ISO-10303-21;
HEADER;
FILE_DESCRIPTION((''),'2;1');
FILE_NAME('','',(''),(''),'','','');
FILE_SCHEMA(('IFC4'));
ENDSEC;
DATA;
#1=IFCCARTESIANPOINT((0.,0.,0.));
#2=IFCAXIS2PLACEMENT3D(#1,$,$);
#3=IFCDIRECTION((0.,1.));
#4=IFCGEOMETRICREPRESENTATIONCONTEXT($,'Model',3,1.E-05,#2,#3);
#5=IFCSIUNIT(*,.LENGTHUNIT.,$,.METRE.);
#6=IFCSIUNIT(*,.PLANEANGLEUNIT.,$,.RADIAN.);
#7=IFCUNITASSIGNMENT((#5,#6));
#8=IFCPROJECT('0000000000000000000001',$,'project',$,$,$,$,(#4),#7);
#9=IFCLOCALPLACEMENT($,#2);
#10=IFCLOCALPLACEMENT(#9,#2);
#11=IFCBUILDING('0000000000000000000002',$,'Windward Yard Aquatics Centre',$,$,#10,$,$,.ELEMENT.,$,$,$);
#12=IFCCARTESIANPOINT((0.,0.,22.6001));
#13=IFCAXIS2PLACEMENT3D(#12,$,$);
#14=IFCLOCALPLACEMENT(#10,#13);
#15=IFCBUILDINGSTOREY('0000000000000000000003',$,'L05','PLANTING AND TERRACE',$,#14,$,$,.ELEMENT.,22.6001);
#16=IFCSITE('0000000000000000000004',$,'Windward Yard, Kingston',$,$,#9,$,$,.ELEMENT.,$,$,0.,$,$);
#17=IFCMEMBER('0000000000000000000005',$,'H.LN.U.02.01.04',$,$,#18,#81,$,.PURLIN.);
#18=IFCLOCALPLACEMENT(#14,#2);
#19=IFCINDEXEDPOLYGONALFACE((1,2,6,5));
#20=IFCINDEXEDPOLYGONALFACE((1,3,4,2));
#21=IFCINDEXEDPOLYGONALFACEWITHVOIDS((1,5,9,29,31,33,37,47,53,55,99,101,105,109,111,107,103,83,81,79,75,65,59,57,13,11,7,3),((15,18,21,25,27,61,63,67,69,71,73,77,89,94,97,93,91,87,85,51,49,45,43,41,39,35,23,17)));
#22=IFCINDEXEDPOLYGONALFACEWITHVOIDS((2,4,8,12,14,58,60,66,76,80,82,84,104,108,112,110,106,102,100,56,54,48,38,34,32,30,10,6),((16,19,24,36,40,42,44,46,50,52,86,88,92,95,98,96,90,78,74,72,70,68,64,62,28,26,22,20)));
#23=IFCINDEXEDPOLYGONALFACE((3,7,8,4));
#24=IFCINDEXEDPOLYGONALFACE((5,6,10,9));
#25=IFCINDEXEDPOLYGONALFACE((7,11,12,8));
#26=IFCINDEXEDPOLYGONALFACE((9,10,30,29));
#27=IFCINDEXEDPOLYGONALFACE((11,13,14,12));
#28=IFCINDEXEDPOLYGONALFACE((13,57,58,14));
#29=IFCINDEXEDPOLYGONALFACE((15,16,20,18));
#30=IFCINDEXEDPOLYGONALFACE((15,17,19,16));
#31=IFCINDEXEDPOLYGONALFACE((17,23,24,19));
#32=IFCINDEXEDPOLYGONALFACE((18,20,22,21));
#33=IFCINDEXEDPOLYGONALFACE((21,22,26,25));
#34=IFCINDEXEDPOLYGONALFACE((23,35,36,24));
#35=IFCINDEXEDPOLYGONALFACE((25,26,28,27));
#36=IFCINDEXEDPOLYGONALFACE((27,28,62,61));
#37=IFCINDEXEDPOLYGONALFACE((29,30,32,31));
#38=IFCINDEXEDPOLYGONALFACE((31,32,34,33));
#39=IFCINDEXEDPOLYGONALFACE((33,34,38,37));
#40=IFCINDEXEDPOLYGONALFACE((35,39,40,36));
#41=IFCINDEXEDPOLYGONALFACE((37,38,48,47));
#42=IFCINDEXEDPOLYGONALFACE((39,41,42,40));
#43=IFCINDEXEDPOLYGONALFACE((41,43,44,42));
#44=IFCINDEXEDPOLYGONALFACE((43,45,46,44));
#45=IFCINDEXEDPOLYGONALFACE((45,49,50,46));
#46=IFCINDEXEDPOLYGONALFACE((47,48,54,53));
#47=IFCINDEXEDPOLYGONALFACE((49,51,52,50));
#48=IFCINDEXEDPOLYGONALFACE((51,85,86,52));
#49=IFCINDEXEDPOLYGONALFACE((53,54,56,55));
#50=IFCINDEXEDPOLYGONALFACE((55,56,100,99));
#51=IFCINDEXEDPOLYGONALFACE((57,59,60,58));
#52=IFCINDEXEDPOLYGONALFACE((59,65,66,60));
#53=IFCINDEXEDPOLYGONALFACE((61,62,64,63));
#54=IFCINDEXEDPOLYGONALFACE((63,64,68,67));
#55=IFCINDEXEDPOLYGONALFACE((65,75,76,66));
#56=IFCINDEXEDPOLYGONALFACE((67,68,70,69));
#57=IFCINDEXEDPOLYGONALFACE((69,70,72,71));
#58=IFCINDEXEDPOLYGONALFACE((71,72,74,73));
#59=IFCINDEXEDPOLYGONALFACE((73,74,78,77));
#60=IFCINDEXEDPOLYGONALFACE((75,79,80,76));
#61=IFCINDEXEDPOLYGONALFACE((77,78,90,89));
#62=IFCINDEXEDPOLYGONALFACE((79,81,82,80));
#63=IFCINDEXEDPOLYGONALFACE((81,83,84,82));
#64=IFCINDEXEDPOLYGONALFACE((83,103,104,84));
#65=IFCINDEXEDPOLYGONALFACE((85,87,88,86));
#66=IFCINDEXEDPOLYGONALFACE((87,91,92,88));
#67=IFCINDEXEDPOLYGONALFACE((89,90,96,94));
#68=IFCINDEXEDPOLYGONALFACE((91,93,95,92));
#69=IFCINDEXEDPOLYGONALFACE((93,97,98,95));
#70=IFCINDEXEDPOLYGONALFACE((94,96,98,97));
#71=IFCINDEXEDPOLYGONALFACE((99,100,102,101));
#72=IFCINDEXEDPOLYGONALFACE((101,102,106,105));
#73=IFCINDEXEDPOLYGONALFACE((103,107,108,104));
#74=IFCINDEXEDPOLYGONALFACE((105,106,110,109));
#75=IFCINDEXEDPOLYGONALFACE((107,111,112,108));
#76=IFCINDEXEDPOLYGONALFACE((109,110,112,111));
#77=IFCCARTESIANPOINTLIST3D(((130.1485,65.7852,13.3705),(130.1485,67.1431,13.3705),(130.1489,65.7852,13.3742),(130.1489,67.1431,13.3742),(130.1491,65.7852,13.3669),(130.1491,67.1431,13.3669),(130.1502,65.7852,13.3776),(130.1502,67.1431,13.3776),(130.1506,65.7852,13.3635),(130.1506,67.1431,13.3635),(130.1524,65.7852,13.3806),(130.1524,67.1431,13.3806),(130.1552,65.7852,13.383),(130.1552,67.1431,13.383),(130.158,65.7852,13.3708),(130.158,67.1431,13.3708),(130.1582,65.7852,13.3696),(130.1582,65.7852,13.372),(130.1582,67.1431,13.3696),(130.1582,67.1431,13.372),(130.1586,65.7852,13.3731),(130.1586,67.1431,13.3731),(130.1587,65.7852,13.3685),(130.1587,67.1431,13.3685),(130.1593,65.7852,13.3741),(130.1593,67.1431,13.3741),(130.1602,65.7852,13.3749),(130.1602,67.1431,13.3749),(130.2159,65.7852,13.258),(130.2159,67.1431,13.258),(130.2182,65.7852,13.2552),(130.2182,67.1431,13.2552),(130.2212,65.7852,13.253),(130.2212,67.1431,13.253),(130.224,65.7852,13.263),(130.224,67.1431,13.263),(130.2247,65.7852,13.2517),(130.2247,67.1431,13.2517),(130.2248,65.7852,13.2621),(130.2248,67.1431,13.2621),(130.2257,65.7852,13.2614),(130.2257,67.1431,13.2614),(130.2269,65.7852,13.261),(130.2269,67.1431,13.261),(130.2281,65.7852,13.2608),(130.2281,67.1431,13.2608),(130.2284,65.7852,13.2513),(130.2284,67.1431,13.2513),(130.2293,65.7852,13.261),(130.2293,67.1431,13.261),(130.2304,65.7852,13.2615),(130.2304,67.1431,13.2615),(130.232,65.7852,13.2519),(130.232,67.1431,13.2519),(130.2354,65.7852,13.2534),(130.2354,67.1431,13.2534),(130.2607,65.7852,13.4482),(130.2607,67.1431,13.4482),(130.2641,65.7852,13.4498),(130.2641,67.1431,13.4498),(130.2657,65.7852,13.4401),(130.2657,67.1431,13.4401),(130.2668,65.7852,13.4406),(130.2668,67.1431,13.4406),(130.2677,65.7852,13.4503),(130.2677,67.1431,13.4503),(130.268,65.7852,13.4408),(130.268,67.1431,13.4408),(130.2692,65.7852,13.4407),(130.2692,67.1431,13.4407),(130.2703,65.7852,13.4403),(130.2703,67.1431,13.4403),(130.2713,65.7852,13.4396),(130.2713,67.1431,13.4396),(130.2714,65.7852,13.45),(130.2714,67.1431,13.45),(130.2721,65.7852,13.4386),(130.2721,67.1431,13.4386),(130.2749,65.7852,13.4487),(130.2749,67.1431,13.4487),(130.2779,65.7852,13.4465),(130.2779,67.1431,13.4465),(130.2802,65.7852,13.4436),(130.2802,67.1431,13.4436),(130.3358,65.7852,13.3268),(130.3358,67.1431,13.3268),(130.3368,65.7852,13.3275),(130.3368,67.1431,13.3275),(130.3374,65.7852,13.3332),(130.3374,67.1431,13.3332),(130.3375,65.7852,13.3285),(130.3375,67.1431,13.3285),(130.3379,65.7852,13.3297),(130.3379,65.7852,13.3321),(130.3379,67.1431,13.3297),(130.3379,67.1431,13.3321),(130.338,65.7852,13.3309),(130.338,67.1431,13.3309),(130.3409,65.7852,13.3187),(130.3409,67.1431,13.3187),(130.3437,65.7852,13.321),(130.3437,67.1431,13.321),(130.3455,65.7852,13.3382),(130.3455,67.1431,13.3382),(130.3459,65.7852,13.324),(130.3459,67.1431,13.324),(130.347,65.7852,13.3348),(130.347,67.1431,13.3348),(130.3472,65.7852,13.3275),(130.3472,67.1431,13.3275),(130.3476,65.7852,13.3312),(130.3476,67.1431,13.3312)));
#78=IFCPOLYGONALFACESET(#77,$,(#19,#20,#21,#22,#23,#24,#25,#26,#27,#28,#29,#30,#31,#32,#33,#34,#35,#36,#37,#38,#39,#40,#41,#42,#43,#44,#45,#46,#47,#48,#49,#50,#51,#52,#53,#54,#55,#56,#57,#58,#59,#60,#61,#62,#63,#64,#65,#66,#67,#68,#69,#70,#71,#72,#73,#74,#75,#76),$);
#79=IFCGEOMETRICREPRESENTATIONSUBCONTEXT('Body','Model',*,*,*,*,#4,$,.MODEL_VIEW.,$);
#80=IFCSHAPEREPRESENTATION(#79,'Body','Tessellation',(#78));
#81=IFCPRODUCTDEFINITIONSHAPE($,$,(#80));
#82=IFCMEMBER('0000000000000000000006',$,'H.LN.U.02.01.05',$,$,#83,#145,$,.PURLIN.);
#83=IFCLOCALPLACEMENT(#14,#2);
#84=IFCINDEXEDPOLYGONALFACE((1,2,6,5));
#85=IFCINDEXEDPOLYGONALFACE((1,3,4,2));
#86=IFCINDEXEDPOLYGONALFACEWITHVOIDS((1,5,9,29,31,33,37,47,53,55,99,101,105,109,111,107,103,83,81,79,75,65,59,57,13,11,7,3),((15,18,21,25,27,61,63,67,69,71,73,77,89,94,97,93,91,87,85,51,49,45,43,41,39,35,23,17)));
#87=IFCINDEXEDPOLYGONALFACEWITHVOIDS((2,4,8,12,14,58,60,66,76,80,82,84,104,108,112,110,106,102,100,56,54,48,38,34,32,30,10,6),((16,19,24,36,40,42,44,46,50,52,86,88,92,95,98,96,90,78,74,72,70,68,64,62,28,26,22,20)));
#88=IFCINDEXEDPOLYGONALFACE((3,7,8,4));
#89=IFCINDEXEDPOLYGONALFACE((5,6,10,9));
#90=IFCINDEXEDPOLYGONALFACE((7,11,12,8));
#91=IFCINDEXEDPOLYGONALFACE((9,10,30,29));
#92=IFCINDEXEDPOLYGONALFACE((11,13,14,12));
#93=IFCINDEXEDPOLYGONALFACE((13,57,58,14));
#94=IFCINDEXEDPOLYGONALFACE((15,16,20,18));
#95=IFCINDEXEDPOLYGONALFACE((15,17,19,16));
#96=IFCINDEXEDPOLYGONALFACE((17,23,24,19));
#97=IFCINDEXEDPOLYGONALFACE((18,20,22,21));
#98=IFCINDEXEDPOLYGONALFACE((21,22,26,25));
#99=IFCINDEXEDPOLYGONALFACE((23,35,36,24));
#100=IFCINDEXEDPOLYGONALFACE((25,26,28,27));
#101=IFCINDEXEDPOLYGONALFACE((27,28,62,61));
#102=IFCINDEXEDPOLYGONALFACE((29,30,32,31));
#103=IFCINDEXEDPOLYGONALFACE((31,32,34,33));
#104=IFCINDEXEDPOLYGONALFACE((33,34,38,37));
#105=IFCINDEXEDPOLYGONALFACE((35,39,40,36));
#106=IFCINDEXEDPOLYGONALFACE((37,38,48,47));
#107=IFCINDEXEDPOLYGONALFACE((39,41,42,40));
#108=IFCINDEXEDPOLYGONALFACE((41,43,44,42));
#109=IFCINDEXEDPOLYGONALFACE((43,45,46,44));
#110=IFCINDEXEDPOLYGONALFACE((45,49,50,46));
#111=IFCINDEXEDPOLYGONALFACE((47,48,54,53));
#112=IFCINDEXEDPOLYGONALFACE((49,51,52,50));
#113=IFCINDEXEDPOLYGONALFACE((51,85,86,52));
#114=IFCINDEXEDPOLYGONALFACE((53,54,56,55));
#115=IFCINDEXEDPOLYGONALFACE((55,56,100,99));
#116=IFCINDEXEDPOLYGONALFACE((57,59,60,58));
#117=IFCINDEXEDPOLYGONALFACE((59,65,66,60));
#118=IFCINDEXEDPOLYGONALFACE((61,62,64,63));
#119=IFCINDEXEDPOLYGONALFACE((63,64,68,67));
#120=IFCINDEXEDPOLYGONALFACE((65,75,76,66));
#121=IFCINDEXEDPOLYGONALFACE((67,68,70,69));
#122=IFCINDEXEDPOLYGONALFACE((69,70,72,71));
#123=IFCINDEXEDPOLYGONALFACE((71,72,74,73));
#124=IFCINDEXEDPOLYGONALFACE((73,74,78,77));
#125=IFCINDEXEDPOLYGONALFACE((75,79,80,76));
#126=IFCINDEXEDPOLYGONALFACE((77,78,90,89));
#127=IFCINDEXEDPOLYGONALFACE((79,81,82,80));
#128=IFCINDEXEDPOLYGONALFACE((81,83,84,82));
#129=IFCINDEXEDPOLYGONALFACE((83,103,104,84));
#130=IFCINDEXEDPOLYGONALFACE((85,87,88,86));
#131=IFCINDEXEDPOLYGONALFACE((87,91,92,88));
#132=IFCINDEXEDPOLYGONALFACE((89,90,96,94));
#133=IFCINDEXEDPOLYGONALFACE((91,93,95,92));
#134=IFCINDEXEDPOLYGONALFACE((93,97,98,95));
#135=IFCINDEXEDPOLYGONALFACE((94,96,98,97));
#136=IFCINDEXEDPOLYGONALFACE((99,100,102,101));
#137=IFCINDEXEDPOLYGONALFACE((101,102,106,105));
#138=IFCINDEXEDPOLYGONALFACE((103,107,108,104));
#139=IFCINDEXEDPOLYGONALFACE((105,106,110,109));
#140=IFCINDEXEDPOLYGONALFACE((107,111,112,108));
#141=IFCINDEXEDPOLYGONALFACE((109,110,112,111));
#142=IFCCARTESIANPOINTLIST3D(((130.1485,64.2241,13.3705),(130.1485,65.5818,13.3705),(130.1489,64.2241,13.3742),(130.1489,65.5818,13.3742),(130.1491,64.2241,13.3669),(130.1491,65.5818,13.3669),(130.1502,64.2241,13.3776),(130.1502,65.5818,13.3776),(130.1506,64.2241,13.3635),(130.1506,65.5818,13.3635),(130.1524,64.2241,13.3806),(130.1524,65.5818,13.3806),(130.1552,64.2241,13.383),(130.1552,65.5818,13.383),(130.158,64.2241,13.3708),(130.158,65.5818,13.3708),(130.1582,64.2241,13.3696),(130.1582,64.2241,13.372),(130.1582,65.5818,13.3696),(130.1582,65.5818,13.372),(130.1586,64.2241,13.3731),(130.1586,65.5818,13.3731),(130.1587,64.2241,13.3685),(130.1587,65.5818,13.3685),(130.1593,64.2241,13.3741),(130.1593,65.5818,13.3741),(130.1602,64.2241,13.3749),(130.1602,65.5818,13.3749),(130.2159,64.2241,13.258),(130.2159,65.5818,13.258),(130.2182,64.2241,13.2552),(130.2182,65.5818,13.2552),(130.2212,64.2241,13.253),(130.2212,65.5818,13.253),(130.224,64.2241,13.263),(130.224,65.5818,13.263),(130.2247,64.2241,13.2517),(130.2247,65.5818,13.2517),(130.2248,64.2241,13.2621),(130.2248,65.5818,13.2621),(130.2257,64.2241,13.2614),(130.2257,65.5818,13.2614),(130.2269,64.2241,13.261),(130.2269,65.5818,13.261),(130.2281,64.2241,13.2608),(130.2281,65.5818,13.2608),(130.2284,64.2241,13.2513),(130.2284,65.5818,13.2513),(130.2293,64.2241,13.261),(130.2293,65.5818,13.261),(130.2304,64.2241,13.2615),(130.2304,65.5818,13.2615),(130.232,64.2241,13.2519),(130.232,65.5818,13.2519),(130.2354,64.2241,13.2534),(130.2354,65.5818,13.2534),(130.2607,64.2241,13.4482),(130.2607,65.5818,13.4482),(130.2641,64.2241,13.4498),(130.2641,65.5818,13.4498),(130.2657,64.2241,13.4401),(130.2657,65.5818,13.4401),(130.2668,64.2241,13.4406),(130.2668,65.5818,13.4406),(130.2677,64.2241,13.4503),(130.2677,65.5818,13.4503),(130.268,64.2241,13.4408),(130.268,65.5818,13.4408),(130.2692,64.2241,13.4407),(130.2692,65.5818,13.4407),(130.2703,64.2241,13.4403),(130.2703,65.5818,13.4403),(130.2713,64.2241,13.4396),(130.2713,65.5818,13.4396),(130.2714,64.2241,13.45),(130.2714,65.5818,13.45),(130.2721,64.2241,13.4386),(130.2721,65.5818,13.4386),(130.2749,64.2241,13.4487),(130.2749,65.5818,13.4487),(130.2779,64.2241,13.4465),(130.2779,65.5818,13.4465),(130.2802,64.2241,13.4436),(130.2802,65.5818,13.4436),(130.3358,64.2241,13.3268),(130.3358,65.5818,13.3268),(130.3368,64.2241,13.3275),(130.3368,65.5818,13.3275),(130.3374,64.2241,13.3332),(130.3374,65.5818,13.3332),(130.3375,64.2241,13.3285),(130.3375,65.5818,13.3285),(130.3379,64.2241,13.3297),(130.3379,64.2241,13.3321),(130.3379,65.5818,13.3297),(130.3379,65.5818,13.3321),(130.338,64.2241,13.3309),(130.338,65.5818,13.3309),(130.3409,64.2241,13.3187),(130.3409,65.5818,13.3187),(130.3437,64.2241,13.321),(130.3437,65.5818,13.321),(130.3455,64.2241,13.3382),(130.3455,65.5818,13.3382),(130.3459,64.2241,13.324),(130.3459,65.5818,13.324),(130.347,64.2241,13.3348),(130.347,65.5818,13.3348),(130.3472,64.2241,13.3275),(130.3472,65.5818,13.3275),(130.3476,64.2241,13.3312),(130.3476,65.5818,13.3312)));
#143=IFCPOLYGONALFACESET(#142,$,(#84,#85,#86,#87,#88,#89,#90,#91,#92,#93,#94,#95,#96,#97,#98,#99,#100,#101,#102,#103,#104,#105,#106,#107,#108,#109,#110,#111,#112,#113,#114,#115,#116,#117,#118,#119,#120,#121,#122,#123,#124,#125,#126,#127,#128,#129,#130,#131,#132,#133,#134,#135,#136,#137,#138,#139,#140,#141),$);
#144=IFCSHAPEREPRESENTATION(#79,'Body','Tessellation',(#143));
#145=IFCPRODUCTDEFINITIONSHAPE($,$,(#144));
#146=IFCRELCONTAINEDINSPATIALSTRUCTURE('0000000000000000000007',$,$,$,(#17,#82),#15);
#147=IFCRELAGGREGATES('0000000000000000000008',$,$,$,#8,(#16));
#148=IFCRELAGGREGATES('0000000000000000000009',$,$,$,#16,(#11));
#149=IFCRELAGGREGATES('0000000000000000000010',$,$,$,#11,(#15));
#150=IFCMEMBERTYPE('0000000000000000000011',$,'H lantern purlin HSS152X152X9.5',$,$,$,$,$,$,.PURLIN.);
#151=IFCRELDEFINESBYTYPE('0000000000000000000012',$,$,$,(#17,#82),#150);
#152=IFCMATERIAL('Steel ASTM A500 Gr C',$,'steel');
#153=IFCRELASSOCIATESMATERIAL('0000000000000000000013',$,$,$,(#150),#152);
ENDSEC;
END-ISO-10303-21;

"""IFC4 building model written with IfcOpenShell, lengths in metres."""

from ifc_helpers import new_model, si_unit, direction, frame, origin, origin_2d, place, context, subcontext, project, spatial, hollow_rectangle, extrude, material, material_profile, profile_set, type_object, element, save


model = new_model("IFC4")

# Units and contexts
model_context = context("Model", 3, precision=1e-05, world=origin(), true_north=direction((0.0, 1.0)))
body_context = subcontext(model_context, "Body", "Model", "MODEL_VIEW")
ifc_project = project(units=[si_unit("LENGTHUNIT", "METRE"), si_unit("PLANEANGLEUNIT", "RADIAN")], contexts=[model_context])

# Site, building, storey
site_placement = place(None, origin())
site = spatial("IfcSite", under=ifc_project, at=site_placement, Name="Windward Yard, Kingston", CompositionType="ELEMENT", RefElevation=0.0)
building_placement = place(site_placement, origin())
building = spatial("IfcBuilding", under=site, at=building_placement, Name="Windward Yard Aquatics Centre", CompositionType="ELEMENT")
storey_placement = place(building_placement, frame((0.0, 0.0, 22.6001)))
storey = spatial("IfcBuildingStorey", under=building, at=storey_placement, Name="L05", Description="PLANTING AND TERRACE", CompositionType="ELEMENT", Elevation=22.6001)

# Members
ifc_material_1 = material(Name="Steel ASTM A500 Gr C", Category="steel")
ifc_material_profile = material_profile(ifc_material_1, hollow_rectangle(XDim=0.1523, YDim=0.1523, WallThickness=0.0095, InnerFilletRadius=0.0046, OuterFilletRadius=0.0142, at=origin_2d()), Name="HSS152X152X9.5")
ifc_profile_set = profile_set([ifc_material_profile], Name="Steel ASTM A500 Gr C")
member_type = type_object("IfcMemberType", Name="H lantern purlin HSS152X152X9.5", PredefinedType="PURLIN", material=ifc_profile_set)
member_1_placement = place(storey_placement, frame((130.248, 67.1431, 13.3508), z_axis=(0.0, -1.0, 0.0), x_axis=(0.526172, 0.0, -0.850378)))
element("IfcMember", 1, at=member_1_placement, inside=storey, type_object=member_type, Name="H.LN.U.02.01.04", PredefinedType="PURLIN", context=body_context, shape_type="SweptSolid", body=[
    extrude(hollow_rectangle(XDim=0.1523, YDim=0.1523, WallThickness=0.0095, InnerFilletRadius=0.0046, OuterFilletRadius=0.0142, at=origin_2d()), origin(), (0.0, 0.0, 1.0), 1.3579),
])
member_2_placement = place(storey_placement, frame((130.248, 65.5818, 13.3508), z_axis=(0.0, -1.0, 0.0), x_axis=(0.526172, 0.0, -0.850378)))
element("IfcMember", 2, at=member_2_placement, inside=storey, type_object=member_type, Name="H.LN.U.02.01.05", PredefinedType="PURLIN", context=body_context, shape_type="SweptSolid", body=[
    extrude(hollow_rectangle(XDim=0.1523, YDim=0.1523, WallThickness=0.0095, InnerFilletRadius=0.0046, OuterFilletRadius=0.0142, at=origin_2d()), origin(), (0.0, 0.0, 1.0), 1.3577),
])

save(model, "model.ifc")
